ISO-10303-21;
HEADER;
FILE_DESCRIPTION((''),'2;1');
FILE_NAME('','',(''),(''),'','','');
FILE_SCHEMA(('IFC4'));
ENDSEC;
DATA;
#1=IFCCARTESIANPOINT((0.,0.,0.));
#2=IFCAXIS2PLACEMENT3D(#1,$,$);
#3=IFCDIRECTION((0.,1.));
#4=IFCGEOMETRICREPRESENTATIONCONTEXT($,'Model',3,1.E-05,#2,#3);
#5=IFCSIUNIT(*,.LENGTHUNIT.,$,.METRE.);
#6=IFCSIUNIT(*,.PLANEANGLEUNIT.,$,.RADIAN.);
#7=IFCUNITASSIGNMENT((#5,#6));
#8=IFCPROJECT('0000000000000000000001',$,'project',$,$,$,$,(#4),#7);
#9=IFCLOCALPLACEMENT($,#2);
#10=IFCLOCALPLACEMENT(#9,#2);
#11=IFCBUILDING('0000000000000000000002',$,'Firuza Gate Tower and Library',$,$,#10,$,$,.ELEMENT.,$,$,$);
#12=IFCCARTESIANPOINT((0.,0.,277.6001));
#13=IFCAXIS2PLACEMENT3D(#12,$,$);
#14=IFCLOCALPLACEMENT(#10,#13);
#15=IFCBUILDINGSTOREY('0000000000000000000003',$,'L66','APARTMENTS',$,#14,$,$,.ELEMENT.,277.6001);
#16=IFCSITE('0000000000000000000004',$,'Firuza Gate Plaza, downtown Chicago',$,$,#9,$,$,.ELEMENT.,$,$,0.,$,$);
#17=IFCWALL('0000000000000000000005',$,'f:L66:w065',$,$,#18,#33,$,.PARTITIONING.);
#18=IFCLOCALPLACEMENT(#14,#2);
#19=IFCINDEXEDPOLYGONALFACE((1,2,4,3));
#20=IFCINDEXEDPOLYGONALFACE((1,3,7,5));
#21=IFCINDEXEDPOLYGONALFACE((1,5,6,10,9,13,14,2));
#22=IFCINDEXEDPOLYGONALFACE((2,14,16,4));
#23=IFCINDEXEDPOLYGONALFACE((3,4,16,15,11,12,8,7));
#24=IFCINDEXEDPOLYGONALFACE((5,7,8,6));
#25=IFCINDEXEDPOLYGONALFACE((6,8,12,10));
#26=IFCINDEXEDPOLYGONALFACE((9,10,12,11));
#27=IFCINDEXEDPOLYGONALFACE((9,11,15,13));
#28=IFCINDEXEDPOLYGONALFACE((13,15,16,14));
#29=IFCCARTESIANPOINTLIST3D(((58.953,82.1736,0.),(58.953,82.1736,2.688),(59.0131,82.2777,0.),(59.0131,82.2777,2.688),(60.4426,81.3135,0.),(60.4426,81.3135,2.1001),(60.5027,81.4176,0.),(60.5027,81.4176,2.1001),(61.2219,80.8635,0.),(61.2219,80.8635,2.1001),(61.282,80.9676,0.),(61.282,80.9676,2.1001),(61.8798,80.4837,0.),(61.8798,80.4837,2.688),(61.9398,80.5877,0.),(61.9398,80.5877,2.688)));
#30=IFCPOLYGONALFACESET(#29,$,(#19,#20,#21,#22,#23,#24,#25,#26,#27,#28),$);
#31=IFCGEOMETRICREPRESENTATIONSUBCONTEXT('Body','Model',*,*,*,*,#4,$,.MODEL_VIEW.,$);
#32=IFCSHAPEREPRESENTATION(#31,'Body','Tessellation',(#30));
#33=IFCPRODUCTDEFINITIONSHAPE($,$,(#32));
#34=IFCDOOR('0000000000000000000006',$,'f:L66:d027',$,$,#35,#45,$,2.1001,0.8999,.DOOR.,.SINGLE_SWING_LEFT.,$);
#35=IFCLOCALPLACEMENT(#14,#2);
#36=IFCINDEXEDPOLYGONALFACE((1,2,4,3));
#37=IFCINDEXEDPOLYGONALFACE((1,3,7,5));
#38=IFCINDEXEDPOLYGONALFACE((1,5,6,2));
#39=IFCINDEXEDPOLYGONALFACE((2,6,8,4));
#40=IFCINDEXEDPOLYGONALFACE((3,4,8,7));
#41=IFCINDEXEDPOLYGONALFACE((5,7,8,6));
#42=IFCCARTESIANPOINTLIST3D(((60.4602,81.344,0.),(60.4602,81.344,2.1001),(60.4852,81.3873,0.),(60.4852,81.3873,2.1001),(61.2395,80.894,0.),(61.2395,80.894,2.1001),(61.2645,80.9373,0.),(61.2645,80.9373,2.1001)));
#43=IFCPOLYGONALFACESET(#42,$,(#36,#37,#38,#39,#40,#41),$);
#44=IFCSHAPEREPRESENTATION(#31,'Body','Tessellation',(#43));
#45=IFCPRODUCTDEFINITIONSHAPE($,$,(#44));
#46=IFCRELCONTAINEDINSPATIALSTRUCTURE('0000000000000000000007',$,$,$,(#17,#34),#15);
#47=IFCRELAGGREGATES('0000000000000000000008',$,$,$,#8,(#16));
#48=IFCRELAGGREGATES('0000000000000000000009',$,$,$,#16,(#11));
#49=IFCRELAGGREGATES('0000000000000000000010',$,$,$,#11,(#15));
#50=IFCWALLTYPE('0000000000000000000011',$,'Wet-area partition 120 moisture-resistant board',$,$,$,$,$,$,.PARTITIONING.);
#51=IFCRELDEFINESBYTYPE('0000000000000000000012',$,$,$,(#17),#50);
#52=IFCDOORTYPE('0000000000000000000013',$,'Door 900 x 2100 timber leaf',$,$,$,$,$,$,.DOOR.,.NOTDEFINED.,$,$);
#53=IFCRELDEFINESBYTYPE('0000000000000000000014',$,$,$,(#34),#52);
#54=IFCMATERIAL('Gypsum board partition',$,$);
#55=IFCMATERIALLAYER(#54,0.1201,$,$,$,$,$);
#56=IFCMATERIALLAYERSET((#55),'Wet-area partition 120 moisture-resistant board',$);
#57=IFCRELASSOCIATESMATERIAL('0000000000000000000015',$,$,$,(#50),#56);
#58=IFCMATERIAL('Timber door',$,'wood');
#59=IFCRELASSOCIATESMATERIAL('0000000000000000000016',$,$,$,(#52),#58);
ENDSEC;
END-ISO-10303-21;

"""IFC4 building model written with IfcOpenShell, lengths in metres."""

from ifc_helpers import new_model, si_unit, direction, frame, frame_2d, origin, place, context, subcontext, project, spatial, rectangle, extrude, material, layer, layer_set, type_object, element, fill, save


model = new_model("IFC4")

# Units and contexts
model_context = context("Model", 3, precision=1e-05, world=origin(), true_north=direction((0.0, 1.0)))
body_context = subcontext(model_context, "Body", "Model", "MODEL_VIEW")
ifc_project = project(units=[si_unit("LENGTHUNIT", "METRE"), si_unit("PLANEANGLEUNIT", "RADIAN")], contexts=[model_context])

# Site, building, storey
site_placement = place(None, origin())
site = spatial("IfcSite", under=ifc_project, at=site_placement, Name="Firuza Gate Plaza, downtown Chicago", CompositionType="ELEMENT", RefElevation=0.0)
building_placement = place(site_placement, origin())
building = spatial("IfcBuilding", under=site, at=building_placement, Name="Firuza Gate Tower and Library", CompositionType="ELEMENT")
storey_placement = place(building_placement, frame((0.0, 0.0, 277.6001)))
storey = spatial("IfcBuildingStorey", under=building, at=storey_placement, Name="L66", Description="APARTMENTS", CompositionType="ELEMENT", Elevation=277.6001)

# Shared definitions
ifc_material_1 = material(Name="Gypsum board partition")
ifc_layer_1 = layer(ifc_material_1, 0.1201)
ifc_layer_set_1 = layer_set([ifc_layer_1], Name="Wet-area partition 120 moisture-resistant board")
wall_type_1 = type_object("IfcWallType", Name="Wet-area partition 120 moisture-resistant board", PredefinedType="PARTITIONING", material=ifc_layer_set_1)

# Wall, opening, door
wall_1_placement = place(storey_placement, frame((61.9099, 80.5356, 0.0), z_axis=(0.0, 0.0, 1.0), x_axis=(-0.866003, 0.500039, 0.0)))
wall_1 = element("IfcWall", 1, at=wall_1_placement, inside=storey, type_object=wall_type_1, Name="f:L66:w065", PredefinedType="PARTITIONING", context=body_context, shape_type="SweptSolid", body=[
    extrude(rectangle(XDim=3.3796, YDim=0.1201, at=frame_2d((1.6899, 0.0))), origin(), (0.0, 0.0, 1.0), 2.688),
])
opening_1_placement = place(wall_1_placement, frame((0.7598, 0.0, 0.0)))
opening_1 = element("IfcOpeningElement", 2, at=opening_1_placement, cuts=wall_1, PredefinedType="OPENING", context=body_context, shape_type="SweptSolid", body=[
    extrude(rectangle(XDim=0.8999, YDim=2.1001, at=frame_2d((0.45, 1.05))), frame((0.0, 0.0701, 0.0), z_axis=(0.0, -1.0, 0.0), x_axis=(1.0, 0.0, 0.0)), (0.0, 0.0, 1.0), 0.1401),
])
ifc_material_2 = material(Name="Timber door", Category="wood")
door_type_1 = type_object("IfcDoorType", Name="Door 900 x 2100 timber leaf", OperationType="NOTDEFINED", PredefinedType="DOOR", material=ifc_material_2)
door_1_placement = place(opening_1_placement, origin())
door_1 = element("IfcDoor", 3, at=door_1_placement, inside=storey, type_object=door_type_1, Name="f:L66:d027", OperationType="SINGLE_SWING_LEFT", OverallHeight=2.1001, OverallWidth=0.8999, PredefinedType="DOOR", context=body_context, shape_type="SweptSolid", body=[
    extrude(rectangle(XDim=0.8999, YDim=2.1001, at=frame_2d((0.45, 1.05))), frame((0.0, 0.0249, 0.0), z_axis=(0.0, -1.0, 0.0), x_axis=(1.0, 0.0, 0.0)), (0.0, 0.0, 1.0), 0.05),
])
fill(opening_1, door_1)

save(model, "model.ifc")
